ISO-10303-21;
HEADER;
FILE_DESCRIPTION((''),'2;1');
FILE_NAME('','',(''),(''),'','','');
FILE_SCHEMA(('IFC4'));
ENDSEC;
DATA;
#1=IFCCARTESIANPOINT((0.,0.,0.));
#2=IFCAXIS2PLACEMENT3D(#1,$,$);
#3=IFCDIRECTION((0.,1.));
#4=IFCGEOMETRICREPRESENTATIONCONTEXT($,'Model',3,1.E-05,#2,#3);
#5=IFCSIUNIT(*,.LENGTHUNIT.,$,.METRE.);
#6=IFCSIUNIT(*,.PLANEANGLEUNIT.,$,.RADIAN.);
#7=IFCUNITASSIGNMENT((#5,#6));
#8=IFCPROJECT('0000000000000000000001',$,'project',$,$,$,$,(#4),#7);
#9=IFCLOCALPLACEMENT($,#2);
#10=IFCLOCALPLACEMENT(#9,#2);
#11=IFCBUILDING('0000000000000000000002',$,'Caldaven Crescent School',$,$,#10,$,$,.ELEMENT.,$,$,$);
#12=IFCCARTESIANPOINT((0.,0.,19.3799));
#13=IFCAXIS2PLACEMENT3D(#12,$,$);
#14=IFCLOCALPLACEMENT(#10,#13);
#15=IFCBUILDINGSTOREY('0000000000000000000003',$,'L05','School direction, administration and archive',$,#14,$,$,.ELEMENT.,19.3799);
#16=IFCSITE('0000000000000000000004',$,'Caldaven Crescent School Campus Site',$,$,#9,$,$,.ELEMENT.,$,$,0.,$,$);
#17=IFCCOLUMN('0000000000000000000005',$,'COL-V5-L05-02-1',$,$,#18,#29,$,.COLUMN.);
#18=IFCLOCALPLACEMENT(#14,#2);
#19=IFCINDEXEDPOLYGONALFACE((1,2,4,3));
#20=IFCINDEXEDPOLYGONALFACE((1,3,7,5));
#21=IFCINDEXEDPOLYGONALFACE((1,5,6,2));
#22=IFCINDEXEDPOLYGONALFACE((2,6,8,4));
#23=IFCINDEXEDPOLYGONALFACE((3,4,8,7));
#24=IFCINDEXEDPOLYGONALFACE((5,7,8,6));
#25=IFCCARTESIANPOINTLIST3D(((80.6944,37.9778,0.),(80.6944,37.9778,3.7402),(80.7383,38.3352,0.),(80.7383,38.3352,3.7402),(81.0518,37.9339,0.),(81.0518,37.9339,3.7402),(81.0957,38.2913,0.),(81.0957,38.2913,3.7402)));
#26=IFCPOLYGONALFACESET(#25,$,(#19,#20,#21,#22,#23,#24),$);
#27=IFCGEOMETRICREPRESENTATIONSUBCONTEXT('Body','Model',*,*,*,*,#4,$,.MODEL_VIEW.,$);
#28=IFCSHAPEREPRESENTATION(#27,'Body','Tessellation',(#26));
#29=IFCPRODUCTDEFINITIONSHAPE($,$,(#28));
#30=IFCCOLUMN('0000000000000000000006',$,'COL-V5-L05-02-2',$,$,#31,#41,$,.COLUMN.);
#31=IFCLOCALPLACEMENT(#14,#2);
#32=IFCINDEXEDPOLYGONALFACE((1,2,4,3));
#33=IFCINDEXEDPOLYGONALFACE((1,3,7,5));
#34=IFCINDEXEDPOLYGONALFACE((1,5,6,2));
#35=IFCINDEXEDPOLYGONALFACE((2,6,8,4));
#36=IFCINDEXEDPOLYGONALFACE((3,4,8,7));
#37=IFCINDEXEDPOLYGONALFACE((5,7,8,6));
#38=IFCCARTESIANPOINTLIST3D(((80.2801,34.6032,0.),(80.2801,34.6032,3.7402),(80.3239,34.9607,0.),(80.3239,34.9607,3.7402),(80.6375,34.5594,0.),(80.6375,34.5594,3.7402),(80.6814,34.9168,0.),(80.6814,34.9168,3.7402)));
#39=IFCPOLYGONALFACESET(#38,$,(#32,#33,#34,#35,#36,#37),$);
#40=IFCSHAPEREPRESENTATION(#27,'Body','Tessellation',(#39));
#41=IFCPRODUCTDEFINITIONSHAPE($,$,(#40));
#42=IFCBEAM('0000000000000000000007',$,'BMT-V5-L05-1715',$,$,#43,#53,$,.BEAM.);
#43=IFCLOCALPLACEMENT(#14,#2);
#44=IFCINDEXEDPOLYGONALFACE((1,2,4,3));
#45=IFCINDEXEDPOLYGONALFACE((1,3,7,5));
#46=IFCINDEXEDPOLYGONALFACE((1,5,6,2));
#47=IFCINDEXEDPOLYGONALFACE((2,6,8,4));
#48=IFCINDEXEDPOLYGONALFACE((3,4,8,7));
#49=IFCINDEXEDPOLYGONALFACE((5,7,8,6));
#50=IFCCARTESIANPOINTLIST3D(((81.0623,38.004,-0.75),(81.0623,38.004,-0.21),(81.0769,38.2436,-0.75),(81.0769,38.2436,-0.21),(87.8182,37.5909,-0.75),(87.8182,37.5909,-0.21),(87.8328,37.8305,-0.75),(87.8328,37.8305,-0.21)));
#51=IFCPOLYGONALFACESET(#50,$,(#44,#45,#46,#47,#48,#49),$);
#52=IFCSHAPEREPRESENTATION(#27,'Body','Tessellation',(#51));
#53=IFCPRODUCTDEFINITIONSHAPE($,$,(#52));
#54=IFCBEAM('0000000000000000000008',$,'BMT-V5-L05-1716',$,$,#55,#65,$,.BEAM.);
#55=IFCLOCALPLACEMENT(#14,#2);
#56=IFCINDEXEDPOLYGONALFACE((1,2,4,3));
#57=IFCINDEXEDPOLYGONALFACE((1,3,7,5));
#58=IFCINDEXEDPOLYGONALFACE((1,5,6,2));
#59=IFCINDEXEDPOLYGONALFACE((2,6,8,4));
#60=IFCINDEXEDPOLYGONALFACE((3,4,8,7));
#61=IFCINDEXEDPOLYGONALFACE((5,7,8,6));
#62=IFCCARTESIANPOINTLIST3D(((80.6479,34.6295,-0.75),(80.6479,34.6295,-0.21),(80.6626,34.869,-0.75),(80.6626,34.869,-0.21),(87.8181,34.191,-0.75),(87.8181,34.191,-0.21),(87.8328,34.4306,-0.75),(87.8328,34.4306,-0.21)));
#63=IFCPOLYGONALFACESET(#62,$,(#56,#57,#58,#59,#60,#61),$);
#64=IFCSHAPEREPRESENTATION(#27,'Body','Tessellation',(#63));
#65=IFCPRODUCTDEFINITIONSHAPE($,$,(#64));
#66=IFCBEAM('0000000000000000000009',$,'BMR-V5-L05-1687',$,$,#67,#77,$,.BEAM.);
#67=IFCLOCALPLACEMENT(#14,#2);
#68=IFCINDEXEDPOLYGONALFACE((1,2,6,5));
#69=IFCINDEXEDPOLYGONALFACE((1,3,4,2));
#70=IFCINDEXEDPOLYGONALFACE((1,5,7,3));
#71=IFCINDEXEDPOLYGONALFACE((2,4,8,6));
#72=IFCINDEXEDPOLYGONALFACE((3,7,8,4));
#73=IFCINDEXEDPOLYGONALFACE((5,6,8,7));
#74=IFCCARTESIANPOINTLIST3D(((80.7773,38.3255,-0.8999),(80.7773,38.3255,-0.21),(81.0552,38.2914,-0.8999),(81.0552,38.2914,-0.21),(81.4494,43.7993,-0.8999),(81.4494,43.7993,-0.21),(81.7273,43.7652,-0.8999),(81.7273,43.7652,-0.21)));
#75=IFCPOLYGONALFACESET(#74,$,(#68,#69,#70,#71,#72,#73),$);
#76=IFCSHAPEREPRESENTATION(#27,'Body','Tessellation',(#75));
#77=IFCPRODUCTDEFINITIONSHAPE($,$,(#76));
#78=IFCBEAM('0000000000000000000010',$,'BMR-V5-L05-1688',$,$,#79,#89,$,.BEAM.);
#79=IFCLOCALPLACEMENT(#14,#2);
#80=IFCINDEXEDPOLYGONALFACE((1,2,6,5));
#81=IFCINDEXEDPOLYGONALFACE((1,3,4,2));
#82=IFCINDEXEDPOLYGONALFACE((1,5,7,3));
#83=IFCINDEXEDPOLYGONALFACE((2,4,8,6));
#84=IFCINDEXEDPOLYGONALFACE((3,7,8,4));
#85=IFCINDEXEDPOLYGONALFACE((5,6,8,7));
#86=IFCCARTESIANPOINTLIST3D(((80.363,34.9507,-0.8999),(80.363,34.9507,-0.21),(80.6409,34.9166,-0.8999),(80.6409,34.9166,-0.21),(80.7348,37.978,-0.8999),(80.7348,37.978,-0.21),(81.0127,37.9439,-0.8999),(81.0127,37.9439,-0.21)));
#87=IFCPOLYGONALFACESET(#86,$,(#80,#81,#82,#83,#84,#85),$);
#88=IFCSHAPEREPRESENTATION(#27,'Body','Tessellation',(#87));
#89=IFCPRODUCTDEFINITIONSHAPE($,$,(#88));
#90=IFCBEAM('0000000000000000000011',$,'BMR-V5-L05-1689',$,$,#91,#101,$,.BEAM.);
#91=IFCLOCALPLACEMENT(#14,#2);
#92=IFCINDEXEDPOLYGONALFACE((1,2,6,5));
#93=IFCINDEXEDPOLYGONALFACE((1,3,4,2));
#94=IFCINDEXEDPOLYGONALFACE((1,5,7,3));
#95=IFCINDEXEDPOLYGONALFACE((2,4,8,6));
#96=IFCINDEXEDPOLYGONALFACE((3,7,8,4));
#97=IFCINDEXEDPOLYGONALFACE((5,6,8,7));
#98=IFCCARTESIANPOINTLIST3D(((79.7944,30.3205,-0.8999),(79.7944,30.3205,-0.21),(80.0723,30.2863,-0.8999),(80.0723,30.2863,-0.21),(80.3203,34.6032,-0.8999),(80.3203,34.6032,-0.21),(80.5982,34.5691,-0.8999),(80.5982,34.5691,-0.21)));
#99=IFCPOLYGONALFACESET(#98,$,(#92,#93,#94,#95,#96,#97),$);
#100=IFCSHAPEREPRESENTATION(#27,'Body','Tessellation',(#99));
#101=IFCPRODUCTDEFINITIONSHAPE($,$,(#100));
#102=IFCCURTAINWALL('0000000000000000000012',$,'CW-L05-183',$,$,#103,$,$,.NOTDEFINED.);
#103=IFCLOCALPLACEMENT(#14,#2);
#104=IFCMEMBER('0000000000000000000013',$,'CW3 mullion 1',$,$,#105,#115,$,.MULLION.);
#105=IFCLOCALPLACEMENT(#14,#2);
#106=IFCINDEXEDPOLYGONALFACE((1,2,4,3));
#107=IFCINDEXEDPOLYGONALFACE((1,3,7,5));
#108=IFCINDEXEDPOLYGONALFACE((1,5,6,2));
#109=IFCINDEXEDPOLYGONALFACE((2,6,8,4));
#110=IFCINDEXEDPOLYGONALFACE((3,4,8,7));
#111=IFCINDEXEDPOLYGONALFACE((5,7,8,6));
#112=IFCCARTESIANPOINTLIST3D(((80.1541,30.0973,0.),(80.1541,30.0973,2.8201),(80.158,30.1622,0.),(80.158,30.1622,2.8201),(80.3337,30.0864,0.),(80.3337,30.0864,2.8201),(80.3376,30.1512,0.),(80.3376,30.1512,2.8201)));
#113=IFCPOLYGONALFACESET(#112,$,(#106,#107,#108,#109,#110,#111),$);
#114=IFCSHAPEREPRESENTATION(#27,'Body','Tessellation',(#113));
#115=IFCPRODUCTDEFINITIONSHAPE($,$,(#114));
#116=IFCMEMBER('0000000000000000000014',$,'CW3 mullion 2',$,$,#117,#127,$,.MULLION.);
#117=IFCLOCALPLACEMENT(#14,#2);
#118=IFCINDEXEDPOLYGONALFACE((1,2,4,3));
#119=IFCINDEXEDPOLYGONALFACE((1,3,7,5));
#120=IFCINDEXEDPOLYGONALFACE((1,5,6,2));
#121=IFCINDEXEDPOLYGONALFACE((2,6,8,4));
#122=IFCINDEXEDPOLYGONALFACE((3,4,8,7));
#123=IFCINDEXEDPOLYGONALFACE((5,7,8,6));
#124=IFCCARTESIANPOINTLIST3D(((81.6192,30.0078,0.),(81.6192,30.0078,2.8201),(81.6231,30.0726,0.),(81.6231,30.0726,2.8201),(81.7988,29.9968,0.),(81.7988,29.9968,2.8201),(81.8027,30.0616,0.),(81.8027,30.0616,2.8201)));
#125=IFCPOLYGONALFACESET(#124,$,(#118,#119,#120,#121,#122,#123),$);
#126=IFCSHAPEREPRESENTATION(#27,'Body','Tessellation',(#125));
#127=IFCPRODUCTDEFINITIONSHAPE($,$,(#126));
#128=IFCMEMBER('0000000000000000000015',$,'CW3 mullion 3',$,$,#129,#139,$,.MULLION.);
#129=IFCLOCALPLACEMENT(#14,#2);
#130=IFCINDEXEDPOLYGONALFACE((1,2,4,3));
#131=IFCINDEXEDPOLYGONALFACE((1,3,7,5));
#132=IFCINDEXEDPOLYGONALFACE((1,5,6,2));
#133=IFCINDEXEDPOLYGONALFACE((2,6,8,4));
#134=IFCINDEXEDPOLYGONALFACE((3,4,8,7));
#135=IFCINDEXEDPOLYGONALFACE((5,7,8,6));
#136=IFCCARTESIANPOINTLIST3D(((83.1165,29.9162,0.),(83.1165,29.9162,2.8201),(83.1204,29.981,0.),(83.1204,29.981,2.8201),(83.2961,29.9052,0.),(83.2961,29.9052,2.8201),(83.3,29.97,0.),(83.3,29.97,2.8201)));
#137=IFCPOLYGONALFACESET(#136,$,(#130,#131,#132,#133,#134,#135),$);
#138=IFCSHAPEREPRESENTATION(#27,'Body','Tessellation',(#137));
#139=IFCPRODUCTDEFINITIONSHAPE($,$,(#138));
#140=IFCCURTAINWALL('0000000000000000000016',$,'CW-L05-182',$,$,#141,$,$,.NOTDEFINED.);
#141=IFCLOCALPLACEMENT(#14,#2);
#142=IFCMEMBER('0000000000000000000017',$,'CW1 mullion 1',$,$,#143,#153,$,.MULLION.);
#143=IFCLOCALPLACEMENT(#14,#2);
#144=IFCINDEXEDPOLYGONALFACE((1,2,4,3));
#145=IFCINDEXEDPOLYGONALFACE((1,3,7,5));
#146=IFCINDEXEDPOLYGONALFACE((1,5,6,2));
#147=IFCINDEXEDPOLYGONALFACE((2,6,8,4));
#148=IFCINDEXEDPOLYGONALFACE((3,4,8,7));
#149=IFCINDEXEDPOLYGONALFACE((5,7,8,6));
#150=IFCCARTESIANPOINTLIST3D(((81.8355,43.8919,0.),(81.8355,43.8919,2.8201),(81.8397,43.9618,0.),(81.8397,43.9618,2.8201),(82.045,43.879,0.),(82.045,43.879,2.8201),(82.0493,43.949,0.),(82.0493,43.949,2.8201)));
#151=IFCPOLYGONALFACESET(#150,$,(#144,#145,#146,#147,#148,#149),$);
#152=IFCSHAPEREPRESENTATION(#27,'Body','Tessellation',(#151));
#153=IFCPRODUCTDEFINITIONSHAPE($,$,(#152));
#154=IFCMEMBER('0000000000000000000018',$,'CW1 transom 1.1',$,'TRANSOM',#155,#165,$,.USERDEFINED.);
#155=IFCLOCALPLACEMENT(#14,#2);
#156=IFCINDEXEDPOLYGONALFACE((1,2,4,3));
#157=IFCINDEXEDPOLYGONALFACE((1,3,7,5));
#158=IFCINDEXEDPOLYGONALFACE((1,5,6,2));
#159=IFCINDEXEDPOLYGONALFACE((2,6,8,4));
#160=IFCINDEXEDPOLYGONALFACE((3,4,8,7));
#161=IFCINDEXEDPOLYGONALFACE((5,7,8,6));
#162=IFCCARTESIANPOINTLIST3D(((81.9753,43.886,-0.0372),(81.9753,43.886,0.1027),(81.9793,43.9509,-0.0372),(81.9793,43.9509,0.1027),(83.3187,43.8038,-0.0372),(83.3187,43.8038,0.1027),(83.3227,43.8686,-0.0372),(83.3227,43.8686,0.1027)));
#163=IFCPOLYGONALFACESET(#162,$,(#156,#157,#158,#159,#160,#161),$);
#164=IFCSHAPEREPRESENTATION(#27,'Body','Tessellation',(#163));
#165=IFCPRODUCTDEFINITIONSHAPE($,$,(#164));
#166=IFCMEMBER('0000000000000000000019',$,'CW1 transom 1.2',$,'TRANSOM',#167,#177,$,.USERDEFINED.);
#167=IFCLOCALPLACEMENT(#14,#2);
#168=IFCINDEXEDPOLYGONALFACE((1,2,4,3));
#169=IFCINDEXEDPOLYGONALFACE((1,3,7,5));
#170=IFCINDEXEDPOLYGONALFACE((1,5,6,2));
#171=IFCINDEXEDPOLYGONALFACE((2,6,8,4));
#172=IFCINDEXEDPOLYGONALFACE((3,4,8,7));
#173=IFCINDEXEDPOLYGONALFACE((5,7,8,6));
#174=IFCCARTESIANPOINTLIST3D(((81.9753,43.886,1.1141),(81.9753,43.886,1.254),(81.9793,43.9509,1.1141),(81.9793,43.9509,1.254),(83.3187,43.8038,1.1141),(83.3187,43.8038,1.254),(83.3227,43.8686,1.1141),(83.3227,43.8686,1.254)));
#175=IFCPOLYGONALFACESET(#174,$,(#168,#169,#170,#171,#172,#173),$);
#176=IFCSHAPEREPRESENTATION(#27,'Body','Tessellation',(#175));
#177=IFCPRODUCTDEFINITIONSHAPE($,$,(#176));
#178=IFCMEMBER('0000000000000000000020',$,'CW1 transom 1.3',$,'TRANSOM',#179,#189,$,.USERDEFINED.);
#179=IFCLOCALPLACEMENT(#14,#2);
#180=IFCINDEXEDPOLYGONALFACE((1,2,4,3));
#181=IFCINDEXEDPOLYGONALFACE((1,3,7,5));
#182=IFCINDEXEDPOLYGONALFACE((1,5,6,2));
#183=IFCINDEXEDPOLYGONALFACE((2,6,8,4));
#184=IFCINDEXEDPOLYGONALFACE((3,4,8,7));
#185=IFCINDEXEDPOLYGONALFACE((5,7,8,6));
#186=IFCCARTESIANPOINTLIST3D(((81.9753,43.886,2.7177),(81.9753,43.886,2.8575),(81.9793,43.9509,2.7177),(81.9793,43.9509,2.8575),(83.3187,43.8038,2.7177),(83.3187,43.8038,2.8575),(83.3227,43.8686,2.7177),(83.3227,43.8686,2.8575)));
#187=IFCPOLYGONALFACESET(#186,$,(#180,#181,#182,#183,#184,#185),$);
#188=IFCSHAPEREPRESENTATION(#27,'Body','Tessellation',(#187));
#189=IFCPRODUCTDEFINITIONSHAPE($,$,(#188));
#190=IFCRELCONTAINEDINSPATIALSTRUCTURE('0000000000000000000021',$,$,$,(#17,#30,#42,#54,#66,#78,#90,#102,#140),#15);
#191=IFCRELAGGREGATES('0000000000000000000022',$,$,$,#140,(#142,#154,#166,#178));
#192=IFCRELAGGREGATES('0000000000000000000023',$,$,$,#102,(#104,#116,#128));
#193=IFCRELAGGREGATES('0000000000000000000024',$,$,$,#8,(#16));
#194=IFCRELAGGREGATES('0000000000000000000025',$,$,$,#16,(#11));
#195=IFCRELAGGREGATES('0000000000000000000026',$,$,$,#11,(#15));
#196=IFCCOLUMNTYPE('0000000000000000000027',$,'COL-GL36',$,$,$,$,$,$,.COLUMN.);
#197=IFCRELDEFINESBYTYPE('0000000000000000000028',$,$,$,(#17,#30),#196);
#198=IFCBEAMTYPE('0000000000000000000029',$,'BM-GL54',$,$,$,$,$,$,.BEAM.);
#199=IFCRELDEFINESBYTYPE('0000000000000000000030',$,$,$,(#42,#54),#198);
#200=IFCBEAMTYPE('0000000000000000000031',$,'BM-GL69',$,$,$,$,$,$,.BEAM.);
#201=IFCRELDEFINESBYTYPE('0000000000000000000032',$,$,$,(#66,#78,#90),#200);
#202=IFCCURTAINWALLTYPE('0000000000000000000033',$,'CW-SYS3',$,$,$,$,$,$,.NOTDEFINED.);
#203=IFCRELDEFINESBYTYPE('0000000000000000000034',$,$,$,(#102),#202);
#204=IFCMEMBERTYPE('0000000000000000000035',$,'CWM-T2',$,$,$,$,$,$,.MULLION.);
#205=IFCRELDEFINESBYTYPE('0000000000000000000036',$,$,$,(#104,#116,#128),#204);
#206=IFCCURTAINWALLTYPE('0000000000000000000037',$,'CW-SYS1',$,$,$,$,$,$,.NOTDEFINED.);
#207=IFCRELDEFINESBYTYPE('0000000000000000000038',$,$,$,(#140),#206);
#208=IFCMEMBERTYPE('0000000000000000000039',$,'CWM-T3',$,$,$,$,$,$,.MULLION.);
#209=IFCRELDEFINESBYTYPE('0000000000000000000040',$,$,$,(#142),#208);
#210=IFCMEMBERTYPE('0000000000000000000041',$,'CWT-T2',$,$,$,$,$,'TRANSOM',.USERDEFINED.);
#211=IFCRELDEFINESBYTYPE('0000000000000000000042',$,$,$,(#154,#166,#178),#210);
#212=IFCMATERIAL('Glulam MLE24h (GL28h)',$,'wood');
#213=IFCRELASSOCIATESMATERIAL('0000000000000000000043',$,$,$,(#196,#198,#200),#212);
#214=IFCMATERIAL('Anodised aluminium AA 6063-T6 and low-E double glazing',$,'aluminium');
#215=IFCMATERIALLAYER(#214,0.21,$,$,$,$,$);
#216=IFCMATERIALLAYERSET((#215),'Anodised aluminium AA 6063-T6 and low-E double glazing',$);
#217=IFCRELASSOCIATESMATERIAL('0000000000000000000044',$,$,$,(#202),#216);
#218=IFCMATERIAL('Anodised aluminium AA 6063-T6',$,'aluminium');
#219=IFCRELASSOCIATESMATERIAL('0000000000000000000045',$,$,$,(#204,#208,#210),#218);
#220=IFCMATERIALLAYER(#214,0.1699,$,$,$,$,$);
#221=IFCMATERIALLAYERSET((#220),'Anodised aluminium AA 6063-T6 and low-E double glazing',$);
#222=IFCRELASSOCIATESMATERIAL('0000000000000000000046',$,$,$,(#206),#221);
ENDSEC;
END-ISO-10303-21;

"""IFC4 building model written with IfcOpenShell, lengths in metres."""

from ifc_helpers import new_model, si_unit, direction, frame, origin, origin_2d, place, context, subcontext, project, spatial, rectangle, extrude, material, layer, layer_set, material_profile, profile_set, type_object, element, aggregate, save


model = new_model("IFC4")

# Units and contexts
model_context = context("Model", 3, precision=1e-05, world=origin(), true_north=direction((0.0, 1.0)))
body_context = subcontext(model_context, "Body", "Model", "MODEL_VIEW")
ifc_project = project(units=[si_unit("LENGTHUNIT", "METRE"), si_unit("PLANEANGLEUNIT", "RADIAN")], contexts=[model_context])

# Site, building, storey
site_placement = place(None, origin())
site = spatial("IfcSite", under=ifc_project, at=site_placement, Name="Caldaven Crescent School Campus Site", CompositionType="ELEMENT", RefElevation=0.0)
building_placement = place(site_placement, origin())
building = spatial("IfcBuilding", under=site, at=building_placement, Name="Caldaven Crescent School", CompositionType="ELEMENT")
storey_placement = place(building_placement, frame((0.0, 0.0, 19.3799)))
storey = spatial("IfcBuildingStorey", under=building, at=storey_placement, Name="L05", Description="School direction, administration and archive", CompositionType="ELEMENT", Elevation=19.3799)

# Columns
ifc_material_1 = material(Name="Glulam MLE24h (GL28h)", Category="wood")
ifc_material_profile_1 = material_profile(ifc_material_1, rectangle(XDim=0.3601, YDim=0.3601, at=origin_2d()), Name="MLE 360x360")
ifc_profile_set_1 = profile_set([ifc_material_profile_1], Name="Glulam MLE24h (GL28h)")
column_type = type_object("IfcColumnType", Name="COL-GL36", PredefinedType="COLUMN", material=ifc_profile_set_1)
for number, where, z_axis, x_axis, name in (
    (1, (80.895, 38.1345, 0.0), (0.0, 0.0, 1.0), (-0.121869, -0.992546, 0.0), "COL-V5-L05-02-1"),
    (2, (80.4807, 34.76, 0.0), (0.0, 0.0, 1.0), (-0.121869, -0.992546, 0.0), "COL-V5-L05-02-2"),
):
    element("IfcColumn", number, at=place(storey_placement, frame(where, z_axis=z_axis, x_axis=x_axis)), inside=storey, type_object=column_type, Name=name, PredefinedType="COLUMN", context=body_context, shape_type="SweptSolid", body=[
        extrude(rectangle(XDim=0.3601, YDim=0.3601, at=origin_2d()), origin(), (0.0, 0.0, 1.0), 3.7402),
    ])

# Beams
ifc_material_profile_2 = material_profile(ifc_material_1, rectangle(XDim=0.24, YDim=0.54, at=origin_2d()), Name="MLE 240x540")
ifc_profile_set_2 = profile_set([ifc_material_profile_2], Name="Glulam MLE24h (GL28h)")
beam_type_1 = type_object("IfcBeamType", Name="BM-GL54", PredefinedType="BEAM", material=ifc_profile_set_2)
beam_1_placement = place(storey_placement, frame((81.0696, 38.1238, -0.48), z_axis=(0.998136, -0.061031, 0.0), x_axis=(0.061031, 0.998136, 0.0)))
element("IfcBeam", 3, at=beam_1_placement, inside=storey, type_object=beam_type_1, Name="BMT-V5-L05-1715", PredefinedType="BEAM", context=body_context, shape_type="SweptSolid", body=[
    extrude(rectangle(XDim=0.24, YDim=0.54, at=origin_2d()), origin(), (0.0, 0.0, 1.0), 6.7686),
])
beam_2_placement = place(storey_placement, frame((80.6553, 34.7493, -0.48), z_axis=(0.998135, -0.061039, 0.0), x_axis=(0.061039, 0.998135, 0.0)))
element("IfcBeam", 4, at=beam_2_placement, inside=storey, type_object=beam_type_1, Name="BMT-V5-L05-1716", PredefinedType="BEAM", context=body_context, shape_type="SweptSolid", body=[
    extrude(rectangle(XDim=0.24, YDim=0.54, at=origin_2d()), origin(), (0.0, 0.0, 1.0), 7.1836),
])
ifc_material_profile_3 = material_profile(ifc_material_1, rectangle(XDim=0.28, YDim=0.6899, at=origin_2d()), Name="MLE 280x690")
ifc_profile_set_3 = profile_set([ifc_material_profile_3], Name="Glulam MLE24h (GL28h)")
beam_type_2 = type_object("IfcBeamType", Name="BM-GL69", PredefinedType="BEAM", material=ifc_profile_set_3)
beam_3_placement = place(storey_placement, frame((81.5884, 43.7822, -0.5549), z_axis=(-0.121871, -0.992546, 0.0), x_axis=(0.992546, -0.121871, 0.0)))
element("IfcBeam", 5, at=beam_3_placement, inside=storey, type_object=beam_type_2, Name="BMR-V5-L05-1687", PredefinedType="BEAM", context=body_context, shape_type="SweptSolid", body=[
    extrude(rectangle(XDim=0.28, YDim=0.6899, at=origin_2d()), origin(), (0.0, 0.0, 1.0), 5.5149),
])
beam_4_placement = place(storey_placement, frame((80.8738, 37.9609, -0.5549), z_axis=(-0.121907, -0.992542, 0.0), x_axis=(0.992542, -0.121907, 0.0)))
element("IfcBeam", 6, at=beam_4_placement, inside=storey, type_object=beam_type_2, Name="BMR-V5-L05-1688", PredefinedType="BEAM", context=body_context, shape_type="SweptSolid", body=[
    extrude(rectangle(XDim=0.28, YDim=0.6899, at=origin_2d()), origin(), (0.0, 0.0, 1.0), 3.05),
])
beam_5_placement = place(storey_placement, frame((80.4592, 34.5862, -0.5549), z_axis=(-0.121876, -0.992545, 0.0), x_axis=(0.992545, -0.121876, 0.0)))
element("IfcBeam", 7, at=beam_5_placement, inside=storey, type_object=beam_type_2, Name="BMR-V5-L05-1689", PredefinedType="BEAM", context=body_context, shape_type="SweptSolid", body=[
    extrude(rectangle(XDim=0.28, YDim=0.6899, at=origin_2d()), origin(), (0.0, 0.0, 1.0), 4.3149),
])

# Curtain walls, members
ifc_material_2 = material(Name="Anodised aluminium AA 6063-T6 and low-E double glazing", Category="aluminium")
ifc_layer_1 = layer(ifc_material_2, 0.21)
ifc_layer_set_1 = layer_set([ifc_layer_1], Name="Anodised aluminium AA 6063-T6 and low-E double glazing")
curtain_wall_type_1 = type_object("IfcCurtainWallType", Name="CW-SYS3", PredefinedType="NOTDEFINED", material=ifc_layer_set_1)
curtain_wall_1_placement = place(storey_placement, origin())
curtain_wall_1 = element("IfcCurtainWall", 8, at=curtain_wall_1_placement, inside=storey, type_object=curtain_wall_type_1, Name="CW-L05-183", PredefinedType="NOTDEFINED")
ifc_material_3 = material(Name="Anodised aluminium AA 6063-T6", Category="aluminium")
ifc_material_profile_4 = material_profile(ifc_material_3, rectangle(XDim=0.0649, YDim=0.1799, at=origin_2d()), Name="CWM 65x180")
ifc_profile_set_4 = profile_set([ifc_material_profile_4], Name="Anodised aluminium AA 6063-T6")
member_type_1 = type_object("IfcMemberType", Name="CWM-T2", PredefinedType="MULLION", material=ifc_profile_set_4)
member_1_placement = place(storey_placement, frame((80.2458, 30.1243, 0.0), z_axis=(0.0, 0.0, 1.0), x_axis=(0.061049, 0.998135, 0.0)))
member_1 = element("IfcMember", 9, at=member_1_placement, type_object=member_type_1, Name="CW3 mullion 1", PredefinedType="MULLION", context=body_context, shape_type="SweptSolid", body=[
    extrude(rectangle(XDim=0.0649, YDim=0.1799, at=origin_2d()), origin(), (0.0, 0.0, 1.0), 2.8201),
])
member_2_placement = place(storey_placement, frame((81.7109, 30.0347, 0.0), z_axis=(0.0, 0.0, 1.0), x_axis=(0.061049, 0.998135, 0.0)))
member_2 = element("IfcMember", 10, at=member_2_placement, type_object=member_type_1, Name="CW3 mullion 2", PredefinedType="MULLION", context=body_context, shape_type="SweptSolid", body=[
    extrude(rectangle(XDim=0.0649, YDim=0.1799, at=origin_2d()), origin(), (0.0, 0.0, 1.0), 2.8201),
])
member_3_placement = place(storey_placement, frame((83.2083, 29.9431, 0.0), z_axis=(0.0, 0.0, 1.0), x_axis=(0.061049, 0.998135, 0.0)))
member_3 = element("IfcMember", 11, at=member_3_placement, type_object=member_type_1, Name="CW3 mullion 3", PredefinedType="MULLION", context=body_context, shape_type="SweptSolid", body=[
    extrude(rectangle(XDim=0.0649, YDim=0.1799, at=origin_2d()), origin(), (0.0, 0.0, 1.0), 2.8201),
])
ifc_layer_2 = layer(ifc_material_2, 0.1699)
ifc_layer_set_2 = layer_set([ifc_layer_2], Name="Anodised aluminium AA 6063-T6 and low-E double glazing")
curtain_wall_type_2 = type_object("IfcCurtainWallType", Name="CW-SYS1", PredefinedType="NOTDEFINED", material=ifc_layer_set_2)
curtain_wall_2_placement = place(storey_placement, origin())
curtain_wall_2 = element("IfcCurtainWall", 12, at=curtain_wall_2_placement, inside=storey, type_object=curtain_wall_type_2, Name="CW-L05-182", PredefinedType="NOTDEFINED")
ifc_material_profile_5 = material_profile(ifc_material_3, rectangle(XDim=0.0701, YDim=0.21, at=origin_2d()), Name="CWM 70x210")
ifc_profile_set_5 = profile_set([ifc_material_profile_5], Name="Anodised aluminium AA 6063-T6")
member_type_2 = type_object("IfcMemberType", Name="CWM-T3", PredefinedType="MULLION", material=ifc_profile_set_5)
member_4_placement = place(storey_placement, frame((81.9424, 43.9204, 0.0), z_axis=(0.0, 0.0, 1.0), x_axis=(0.061049, 0.998135, 0.0)))
member_4 = element("IfcMember", 13, at=member_4_placement, type_object=member_type_2, Name="CW1 mullion 1", PredefinedType="MULLION", context=body_context, shape_type="SweptSolid", body=[
    extrude(rectangle(XDim=0.0701, YDim=0.21, at=origin_2d()), origin(), (0.0, 0.0, 1.0), 2.8201),
])
ifc_material_profile_6 = material_profile(ifc_material_3, rectangle(XDim=0.0649, YDim=0.1399, at=origin_2d()), Name="CWT 65x140")
ifc_profile_set_6 = profile_set([ifc_material_profile_6], Name="Anodised aluminium AA 6063-T6")
member_type_3 = type_object("IfcMemberType", Name="CWT-T2", ElementType="TRANSOM", PredefinedType="USERDEFINED", material=ifc_profile_set_6)
member_5_placement = place(storey_placement, frame((81.9773, 43.9185, 0.0327), z_axis=(0.99813, -0.061125, 0.0), x_axis=(0.061125, 0.99813, 0.0)))
member_5 = element("IfcMember", 14, at=member_5_placement, type_object=member_type_3, Name="CW1 transom 1.1", ObjectType="TRANSOM", PredefinedType="USERDEFINED", context=body_context, shape_type="SweptSolid", body=[
    extrude(rectangle(XDim=0.0649, YDim=0.1399, at=origin_2d()), origin(), (0.0, 0.0, 1.0), 1.3459),
])
member_6_placement = place(storey_placement, frame((81.9773, 43.9185, 1.1841), z_axis=(0.99813, -0.061125, 0.0), x_axis=(0.061125, 0.99813, 0.0)))
member_6 = element("IfcMember", 15, at=member_6_placement, type_object=member_type_3, Name="CW1 transom 1.2", ObjectType="TRANSOM", PredefinedType="USERDEFINED", context=body_context, shape_type="SweptSolid", body=[
    extrude(rectangle(XDim=0.0649, YDim=0.1399, at=origin_2d()), origin(), (0.0, 0.0, 1.0), 1.3459),
])
member_7_placement = place(storey_placement, frame((81.9773, 43.9185, 2.7876), z_axis=(0.99813, -0.061125, 0.0), x_axis=(0.061125, 0.99813, 0.0)))
member_7 = element("IfcMember", 16, at=member_7_placement, type_object=member_type_3, Name="CW1 transom 1.3", ObjectType="TRANSOM", PredefinedType="USERDEFINED", context=body_context, shape_type="SweptSolid", body=[
    extrude(rectangle(XDim=0.0649, YDim=0.1399, at=origin_2d()), origin(), (0.0, 0.0, 1.0), 1.3459),
])

aggregate(curtain_wall_2, [member_4, member_5, member_6, member_7])
aggregate(curtain_wall_1, [member_1, member_2, member_3])

save(model, "model.ifc")
